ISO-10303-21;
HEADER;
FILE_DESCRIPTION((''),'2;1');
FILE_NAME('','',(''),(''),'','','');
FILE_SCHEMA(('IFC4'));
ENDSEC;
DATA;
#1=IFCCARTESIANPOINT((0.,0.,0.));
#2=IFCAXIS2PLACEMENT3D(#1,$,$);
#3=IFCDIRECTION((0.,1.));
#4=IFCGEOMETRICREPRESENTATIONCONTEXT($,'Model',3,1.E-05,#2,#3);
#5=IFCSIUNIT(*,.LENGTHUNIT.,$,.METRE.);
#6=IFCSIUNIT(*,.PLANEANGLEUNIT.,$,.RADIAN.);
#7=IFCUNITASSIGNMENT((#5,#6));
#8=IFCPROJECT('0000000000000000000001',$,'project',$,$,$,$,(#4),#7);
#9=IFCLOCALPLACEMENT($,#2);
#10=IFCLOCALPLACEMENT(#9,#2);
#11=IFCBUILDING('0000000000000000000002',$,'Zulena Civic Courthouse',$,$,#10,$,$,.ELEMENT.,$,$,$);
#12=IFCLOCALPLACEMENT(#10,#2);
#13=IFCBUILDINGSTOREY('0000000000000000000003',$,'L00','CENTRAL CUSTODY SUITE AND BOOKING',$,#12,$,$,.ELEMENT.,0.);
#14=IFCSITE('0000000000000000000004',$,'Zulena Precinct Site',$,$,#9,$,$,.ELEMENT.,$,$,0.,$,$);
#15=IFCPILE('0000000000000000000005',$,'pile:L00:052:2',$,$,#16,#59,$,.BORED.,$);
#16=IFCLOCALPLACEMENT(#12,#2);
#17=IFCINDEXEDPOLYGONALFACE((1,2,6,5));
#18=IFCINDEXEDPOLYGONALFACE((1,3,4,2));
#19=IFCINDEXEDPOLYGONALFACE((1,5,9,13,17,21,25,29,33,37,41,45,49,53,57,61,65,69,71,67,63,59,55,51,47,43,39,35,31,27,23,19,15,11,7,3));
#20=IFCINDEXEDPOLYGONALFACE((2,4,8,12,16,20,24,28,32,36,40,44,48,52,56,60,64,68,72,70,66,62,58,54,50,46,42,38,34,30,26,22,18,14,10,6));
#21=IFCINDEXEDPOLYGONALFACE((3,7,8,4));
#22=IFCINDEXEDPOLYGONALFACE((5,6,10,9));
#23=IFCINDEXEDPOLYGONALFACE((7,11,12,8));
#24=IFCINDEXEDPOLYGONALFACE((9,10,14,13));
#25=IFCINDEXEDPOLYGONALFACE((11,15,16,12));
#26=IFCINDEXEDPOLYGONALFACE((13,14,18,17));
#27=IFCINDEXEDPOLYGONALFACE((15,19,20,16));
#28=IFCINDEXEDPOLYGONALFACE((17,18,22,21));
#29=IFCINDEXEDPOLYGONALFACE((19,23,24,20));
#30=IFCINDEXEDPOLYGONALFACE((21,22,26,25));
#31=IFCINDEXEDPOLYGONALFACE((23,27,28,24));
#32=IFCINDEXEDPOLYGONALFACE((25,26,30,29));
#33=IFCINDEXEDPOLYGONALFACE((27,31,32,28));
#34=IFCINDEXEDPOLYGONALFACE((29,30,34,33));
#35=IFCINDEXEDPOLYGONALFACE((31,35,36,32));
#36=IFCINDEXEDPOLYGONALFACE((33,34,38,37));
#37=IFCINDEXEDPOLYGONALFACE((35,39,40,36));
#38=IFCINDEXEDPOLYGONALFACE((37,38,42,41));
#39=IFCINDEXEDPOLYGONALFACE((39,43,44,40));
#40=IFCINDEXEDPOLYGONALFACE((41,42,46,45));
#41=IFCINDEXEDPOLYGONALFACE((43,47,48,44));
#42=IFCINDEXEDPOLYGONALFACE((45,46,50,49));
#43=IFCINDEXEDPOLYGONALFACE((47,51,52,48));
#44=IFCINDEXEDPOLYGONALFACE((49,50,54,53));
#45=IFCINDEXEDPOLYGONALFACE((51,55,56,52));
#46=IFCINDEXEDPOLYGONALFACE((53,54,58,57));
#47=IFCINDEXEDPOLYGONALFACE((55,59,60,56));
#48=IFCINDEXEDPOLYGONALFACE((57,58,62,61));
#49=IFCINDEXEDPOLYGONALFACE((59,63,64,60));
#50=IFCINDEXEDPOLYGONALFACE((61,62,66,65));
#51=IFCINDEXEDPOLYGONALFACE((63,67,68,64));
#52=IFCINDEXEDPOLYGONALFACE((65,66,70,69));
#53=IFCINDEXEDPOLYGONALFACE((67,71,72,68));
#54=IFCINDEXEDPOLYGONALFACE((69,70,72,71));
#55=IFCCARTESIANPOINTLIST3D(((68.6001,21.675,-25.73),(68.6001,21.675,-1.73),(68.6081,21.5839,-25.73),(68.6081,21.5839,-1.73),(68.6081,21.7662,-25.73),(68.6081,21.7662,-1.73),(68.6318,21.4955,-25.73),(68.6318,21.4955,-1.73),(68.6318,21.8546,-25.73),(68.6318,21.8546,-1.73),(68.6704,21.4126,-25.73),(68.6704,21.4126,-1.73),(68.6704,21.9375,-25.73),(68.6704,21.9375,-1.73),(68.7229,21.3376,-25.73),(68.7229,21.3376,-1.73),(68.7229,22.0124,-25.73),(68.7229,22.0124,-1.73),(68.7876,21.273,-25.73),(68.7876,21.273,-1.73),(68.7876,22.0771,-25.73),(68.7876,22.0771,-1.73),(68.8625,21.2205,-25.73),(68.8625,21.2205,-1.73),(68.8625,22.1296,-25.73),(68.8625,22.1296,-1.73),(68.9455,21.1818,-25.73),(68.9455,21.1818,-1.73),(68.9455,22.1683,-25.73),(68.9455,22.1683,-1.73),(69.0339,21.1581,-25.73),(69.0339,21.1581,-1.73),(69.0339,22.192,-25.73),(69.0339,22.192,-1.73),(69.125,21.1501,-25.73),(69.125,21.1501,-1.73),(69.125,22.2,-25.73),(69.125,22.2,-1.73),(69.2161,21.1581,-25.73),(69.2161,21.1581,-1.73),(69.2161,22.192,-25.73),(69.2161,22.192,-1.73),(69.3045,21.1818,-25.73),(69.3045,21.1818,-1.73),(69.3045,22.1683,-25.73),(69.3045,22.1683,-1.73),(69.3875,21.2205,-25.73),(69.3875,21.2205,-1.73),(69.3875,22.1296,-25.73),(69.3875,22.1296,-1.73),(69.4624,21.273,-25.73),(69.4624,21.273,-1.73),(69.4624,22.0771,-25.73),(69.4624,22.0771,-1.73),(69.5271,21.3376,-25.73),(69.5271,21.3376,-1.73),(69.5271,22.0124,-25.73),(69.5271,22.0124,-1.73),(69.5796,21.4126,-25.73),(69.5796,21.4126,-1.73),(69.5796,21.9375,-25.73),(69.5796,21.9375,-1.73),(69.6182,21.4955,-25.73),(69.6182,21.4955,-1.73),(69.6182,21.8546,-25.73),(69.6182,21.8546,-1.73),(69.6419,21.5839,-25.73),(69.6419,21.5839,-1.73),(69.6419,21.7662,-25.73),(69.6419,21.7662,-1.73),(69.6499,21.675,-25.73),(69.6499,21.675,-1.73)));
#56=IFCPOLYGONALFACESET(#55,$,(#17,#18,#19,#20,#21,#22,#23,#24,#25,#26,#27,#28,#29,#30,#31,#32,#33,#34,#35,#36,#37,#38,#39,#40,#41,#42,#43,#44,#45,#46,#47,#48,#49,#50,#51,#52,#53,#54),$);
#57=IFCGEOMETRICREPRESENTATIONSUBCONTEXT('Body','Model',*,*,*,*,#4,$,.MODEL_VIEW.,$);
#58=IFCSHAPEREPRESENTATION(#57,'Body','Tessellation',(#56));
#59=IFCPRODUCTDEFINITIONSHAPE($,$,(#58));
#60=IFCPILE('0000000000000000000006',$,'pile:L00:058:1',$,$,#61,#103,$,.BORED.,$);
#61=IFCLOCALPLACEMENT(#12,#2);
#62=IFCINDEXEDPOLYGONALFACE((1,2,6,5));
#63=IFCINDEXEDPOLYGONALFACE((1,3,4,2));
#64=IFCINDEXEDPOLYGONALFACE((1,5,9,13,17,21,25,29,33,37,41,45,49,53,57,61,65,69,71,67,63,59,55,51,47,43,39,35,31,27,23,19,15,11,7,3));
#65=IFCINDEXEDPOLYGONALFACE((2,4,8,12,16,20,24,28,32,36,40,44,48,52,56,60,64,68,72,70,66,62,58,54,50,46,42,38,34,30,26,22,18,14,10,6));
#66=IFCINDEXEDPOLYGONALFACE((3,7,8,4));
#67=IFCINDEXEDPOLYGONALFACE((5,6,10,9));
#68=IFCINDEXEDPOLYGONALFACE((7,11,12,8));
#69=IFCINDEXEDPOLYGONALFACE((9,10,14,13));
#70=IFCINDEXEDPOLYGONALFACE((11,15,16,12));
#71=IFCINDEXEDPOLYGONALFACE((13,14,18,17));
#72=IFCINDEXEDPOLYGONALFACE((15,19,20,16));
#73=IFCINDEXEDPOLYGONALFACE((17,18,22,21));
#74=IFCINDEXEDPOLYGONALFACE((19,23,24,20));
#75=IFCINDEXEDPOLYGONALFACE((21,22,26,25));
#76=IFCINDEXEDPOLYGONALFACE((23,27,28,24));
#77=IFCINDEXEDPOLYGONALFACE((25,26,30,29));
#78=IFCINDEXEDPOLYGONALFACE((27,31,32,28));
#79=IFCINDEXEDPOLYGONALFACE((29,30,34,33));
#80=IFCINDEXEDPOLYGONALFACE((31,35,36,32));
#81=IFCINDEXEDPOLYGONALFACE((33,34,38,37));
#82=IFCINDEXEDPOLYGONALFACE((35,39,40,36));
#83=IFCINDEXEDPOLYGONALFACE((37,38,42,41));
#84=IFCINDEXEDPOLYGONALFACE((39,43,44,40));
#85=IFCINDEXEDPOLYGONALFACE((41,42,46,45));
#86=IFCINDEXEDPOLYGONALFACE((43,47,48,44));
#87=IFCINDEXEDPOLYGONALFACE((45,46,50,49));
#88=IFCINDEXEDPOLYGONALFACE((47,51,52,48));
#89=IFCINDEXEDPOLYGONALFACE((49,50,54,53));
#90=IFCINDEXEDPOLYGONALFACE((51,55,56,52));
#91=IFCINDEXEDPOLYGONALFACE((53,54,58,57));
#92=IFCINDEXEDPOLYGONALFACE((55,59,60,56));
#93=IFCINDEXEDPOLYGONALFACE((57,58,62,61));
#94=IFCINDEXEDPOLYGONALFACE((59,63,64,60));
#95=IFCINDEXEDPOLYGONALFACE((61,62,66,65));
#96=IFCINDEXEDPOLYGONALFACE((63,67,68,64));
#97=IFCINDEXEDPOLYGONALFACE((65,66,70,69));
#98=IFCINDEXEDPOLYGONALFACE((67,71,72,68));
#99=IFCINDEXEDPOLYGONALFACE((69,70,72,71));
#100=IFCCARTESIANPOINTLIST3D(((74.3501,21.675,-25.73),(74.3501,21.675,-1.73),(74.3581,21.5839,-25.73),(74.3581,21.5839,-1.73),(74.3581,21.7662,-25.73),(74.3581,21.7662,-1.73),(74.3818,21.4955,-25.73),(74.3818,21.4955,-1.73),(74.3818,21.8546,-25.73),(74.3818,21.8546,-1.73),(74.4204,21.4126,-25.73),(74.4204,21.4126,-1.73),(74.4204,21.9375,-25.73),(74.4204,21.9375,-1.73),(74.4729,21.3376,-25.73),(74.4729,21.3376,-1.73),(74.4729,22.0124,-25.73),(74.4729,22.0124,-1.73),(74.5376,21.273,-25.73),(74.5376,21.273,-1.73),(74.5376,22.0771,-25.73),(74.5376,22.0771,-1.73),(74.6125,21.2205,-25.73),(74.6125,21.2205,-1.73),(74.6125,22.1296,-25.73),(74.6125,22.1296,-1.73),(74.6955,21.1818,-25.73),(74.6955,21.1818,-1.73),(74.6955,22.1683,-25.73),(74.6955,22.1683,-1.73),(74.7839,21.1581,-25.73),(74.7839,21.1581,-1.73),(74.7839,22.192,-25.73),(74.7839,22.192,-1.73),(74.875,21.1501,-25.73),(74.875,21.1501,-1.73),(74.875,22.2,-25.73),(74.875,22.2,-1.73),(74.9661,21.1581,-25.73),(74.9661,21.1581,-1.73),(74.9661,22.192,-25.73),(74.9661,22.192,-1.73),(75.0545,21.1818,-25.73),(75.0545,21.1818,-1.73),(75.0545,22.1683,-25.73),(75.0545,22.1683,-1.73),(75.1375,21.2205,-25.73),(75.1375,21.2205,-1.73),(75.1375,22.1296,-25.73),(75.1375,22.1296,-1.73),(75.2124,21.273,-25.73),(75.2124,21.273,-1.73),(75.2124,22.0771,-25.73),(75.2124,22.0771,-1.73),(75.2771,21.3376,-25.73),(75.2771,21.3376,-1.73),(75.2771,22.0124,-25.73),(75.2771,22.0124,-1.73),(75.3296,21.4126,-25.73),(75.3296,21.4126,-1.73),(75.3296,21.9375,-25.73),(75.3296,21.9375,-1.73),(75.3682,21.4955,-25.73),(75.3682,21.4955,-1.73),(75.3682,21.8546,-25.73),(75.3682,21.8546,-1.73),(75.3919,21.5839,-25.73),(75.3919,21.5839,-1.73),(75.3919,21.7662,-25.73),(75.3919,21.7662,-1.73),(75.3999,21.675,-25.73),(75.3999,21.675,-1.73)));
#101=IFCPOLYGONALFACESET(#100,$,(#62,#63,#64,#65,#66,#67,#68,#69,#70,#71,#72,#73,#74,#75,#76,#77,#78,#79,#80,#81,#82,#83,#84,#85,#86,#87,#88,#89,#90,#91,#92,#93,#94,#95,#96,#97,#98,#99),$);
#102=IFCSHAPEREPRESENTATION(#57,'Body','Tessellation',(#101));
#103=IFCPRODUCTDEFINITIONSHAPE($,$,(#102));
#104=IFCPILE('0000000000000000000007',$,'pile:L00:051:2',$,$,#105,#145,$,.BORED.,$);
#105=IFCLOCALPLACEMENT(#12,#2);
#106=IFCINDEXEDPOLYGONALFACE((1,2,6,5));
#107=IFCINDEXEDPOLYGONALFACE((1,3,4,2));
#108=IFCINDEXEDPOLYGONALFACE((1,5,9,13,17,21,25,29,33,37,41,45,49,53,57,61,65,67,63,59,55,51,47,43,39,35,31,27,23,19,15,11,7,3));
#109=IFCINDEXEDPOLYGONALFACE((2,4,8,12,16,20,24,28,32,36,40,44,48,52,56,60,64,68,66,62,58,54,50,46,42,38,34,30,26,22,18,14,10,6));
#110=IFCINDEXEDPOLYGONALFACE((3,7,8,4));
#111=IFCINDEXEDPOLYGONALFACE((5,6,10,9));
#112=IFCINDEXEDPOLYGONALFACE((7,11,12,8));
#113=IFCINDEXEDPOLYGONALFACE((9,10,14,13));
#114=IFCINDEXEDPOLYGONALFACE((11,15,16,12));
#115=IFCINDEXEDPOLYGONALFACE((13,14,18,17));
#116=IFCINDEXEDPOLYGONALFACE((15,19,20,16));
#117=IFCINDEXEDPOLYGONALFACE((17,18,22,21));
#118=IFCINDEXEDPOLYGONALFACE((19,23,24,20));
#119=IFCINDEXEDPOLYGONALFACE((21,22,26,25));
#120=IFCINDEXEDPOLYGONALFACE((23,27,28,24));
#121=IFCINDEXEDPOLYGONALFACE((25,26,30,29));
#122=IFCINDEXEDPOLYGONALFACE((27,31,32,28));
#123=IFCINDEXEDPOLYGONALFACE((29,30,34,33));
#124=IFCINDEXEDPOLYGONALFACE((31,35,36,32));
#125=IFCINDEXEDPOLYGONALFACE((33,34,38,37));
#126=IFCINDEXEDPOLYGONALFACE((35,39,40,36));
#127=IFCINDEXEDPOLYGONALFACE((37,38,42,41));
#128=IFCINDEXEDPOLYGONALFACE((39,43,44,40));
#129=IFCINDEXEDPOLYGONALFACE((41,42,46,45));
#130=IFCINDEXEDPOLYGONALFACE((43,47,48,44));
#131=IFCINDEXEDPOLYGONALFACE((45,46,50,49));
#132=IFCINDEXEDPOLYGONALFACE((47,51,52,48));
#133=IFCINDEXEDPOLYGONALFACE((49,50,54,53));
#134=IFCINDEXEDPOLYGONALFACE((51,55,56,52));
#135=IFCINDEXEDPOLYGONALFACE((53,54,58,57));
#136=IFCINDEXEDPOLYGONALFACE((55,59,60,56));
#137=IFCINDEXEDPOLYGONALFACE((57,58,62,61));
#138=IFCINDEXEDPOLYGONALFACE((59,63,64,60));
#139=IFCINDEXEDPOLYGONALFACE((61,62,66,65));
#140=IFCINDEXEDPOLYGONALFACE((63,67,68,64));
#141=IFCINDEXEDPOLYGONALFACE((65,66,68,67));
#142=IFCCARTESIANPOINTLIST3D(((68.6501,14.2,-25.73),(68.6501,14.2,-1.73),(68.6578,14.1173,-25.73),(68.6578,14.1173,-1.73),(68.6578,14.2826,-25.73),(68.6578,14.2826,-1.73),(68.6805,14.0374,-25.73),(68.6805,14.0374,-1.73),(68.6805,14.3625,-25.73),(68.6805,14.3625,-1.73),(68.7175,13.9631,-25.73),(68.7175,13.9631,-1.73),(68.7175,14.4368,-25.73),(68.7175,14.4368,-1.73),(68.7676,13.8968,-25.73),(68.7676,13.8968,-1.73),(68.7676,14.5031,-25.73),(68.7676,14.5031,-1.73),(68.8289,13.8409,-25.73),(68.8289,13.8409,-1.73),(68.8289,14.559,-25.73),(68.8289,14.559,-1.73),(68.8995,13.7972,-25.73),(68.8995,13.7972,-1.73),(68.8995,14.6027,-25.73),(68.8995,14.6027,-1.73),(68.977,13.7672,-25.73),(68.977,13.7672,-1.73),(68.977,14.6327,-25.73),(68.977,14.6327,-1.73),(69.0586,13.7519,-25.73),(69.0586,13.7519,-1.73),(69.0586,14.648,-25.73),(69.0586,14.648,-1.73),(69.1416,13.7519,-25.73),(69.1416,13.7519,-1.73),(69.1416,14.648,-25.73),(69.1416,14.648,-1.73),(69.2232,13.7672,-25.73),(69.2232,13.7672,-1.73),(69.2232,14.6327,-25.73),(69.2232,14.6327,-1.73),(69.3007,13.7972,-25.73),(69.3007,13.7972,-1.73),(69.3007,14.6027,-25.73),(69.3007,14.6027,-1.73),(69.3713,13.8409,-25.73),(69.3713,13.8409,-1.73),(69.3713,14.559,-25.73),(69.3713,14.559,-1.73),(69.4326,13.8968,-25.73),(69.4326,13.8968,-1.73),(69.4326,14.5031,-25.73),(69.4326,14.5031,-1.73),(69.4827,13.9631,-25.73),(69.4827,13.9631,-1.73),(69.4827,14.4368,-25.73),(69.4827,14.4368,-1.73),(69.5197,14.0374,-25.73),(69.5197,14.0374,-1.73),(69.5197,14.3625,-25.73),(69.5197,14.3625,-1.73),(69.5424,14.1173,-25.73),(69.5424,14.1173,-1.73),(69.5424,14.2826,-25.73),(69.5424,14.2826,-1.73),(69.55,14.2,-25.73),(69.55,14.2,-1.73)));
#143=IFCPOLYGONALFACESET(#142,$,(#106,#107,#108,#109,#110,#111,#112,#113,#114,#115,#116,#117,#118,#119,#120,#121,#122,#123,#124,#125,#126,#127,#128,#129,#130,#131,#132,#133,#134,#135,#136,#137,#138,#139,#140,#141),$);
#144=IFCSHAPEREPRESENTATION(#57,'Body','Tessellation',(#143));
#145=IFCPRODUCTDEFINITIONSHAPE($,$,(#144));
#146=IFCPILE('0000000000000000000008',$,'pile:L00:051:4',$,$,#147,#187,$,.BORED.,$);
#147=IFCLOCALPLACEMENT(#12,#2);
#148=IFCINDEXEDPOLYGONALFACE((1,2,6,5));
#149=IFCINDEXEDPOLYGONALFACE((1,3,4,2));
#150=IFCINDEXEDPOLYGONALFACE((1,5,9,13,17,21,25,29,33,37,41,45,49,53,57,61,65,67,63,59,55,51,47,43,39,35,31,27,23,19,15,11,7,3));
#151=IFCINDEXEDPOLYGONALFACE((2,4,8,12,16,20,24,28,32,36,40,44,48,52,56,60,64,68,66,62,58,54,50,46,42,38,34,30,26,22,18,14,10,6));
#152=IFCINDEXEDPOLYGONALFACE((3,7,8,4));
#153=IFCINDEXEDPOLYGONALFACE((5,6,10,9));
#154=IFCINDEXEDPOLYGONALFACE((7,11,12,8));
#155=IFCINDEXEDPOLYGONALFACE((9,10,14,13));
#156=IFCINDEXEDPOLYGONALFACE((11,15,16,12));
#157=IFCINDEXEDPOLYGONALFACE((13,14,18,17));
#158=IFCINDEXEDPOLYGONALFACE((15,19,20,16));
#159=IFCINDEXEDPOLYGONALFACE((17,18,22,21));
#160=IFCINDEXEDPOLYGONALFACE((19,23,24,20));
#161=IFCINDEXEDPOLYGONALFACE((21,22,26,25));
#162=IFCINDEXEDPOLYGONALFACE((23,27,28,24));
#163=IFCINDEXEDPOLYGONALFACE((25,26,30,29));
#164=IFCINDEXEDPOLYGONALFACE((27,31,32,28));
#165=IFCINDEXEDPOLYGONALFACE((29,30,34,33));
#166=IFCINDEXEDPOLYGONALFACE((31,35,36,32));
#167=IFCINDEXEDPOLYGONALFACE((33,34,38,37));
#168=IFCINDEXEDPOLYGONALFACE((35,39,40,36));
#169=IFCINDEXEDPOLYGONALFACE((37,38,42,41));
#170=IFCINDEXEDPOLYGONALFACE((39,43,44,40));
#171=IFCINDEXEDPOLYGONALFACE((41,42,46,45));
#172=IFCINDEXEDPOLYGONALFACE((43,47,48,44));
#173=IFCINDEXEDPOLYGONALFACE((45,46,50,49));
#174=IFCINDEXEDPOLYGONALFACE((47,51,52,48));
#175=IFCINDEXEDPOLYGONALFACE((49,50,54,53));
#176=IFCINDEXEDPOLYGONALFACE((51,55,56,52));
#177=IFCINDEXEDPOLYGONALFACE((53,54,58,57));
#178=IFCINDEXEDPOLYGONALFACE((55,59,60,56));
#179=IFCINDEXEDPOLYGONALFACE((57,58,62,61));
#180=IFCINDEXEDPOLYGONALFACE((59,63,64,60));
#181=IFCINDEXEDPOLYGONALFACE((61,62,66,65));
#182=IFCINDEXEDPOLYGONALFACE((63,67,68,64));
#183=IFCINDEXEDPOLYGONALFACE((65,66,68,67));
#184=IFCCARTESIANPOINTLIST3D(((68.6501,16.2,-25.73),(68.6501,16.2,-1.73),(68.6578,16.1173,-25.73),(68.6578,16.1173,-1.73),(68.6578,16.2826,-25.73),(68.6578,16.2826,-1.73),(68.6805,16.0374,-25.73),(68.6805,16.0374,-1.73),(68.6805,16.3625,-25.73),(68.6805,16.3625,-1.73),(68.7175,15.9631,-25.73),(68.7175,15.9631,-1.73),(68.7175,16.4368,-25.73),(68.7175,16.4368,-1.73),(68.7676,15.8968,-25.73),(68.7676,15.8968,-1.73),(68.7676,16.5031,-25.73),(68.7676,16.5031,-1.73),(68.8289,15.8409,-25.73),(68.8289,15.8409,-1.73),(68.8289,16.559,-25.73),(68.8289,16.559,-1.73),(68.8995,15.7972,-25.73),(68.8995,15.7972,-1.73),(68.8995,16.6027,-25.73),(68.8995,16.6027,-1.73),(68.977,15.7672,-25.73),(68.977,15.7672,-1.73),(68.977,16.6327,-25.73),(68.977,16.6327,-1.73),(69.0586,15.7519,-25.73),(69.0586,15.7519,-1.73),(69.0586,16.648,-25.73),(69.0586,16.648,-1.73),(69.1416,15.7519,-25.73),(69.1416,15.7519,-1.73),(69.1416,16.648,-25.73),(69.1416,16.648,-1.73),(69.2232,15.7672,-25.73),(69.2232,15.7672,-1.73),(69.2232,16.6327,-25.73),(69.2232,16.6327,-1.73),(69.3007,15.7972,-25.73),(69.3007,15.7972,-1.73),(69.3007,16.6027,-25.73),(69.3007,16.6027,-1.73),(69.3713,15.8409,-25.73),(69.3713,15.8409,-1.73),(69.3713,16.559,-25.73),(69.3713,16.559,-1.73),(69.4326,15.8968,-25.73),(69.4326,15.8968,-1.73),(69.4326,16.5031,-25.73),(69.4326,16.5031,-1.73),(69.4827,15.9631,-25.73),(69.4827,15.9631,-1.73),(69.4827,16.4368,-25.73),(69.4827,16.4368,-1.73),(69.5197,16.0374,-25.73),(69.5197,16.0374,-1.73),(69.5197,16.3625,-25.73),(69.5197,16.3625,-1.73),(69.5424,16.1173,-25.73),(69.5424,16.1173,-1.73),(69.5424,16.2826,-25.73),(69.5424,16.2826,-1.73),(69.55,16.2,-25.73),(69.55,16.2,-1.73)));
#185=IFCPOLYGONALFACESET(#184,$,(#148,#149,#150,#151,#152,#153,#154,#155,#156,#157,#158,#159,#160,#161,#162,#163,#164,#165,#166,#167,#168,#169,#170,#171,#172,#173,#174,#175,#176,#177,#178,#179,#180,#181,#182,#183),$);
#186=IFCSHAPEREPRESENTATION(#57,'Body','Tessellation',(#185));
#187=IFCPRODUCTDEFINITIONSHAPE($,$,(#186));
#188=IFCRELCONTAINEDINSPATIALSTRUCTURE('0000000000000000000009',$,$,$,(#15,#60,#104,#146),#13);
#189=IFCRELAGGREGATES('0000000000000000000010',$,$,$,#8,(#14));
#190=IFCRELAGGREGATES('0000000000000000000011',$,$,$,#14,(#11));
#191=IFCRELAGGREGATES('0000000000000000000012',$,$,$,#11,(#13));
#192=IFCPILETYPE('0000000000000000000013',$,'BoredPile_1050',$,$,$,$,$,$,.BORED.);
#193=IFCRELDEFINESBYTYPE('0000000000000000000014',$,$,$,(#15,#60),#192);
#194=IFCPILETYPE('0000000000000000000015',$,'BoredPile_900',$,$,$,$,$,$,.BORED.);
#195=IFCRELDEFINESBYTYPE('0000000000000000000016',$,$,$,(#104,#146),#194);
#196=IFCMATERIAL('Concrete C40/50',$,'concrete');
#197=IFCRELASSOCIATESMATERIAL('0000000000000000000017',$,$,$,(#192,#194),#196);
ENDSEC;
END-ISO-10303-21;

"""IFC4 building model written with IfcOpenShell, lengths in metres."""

from ifc_helpers import new_model, si_unit, direction, frame, origin, origin_2d, place, context, subcontext, project, spatial, circle, extrude, material, material_profile, profile_set, type_object, element, save


model = new_model("IFC4")

# Units and contexts
model_context = context("Model", 3, precision=1e-05, world=origin(), true_north=direction((0.0, 1.0)))
body_context = subcontext(model_context, "Body", "Model", "MODEL_VIEW")
ifc_project = project(units=[si_unit("LENGTHUNIT", "METRE"), si_unit("PLANEANGLEUNIT", "RADIAN")], contexts=[model_context])

# Site, building, storey
site_placement = place(None, origin())
site = spatial("IfcSite", under=ifc_project, at=site_placement, Name="Zulena Precinct Site", CompositionType="ELEMENT", RefElevation=0.0)
building_placement = place(site_placement, origin())
building = spatial("IfcBuilding", under=site, at=building_placement, Name="Zulena Civic Courthouse", CompositionType="ELEMENT")
storey_placement = place(building_placement, origin())
storey = spatial("IfcBuildingStorey", under=building, at=storey_placement, Name="L00", Description="CENTRAL CUSTODY SUITE AND BOOKING", CompositionType="ELEMENT", Elevation=0.0)

# Piles
ifc_material_1 = material(Name="Concrete C40/50", Category="concrete")
ifc_material_profile_1 = material_profile(ifc_material_1, circle(Radius=0.5249, at=origin_2d()), Name="PILE1050")
ifc_profile_set_1 = profile_set([ifc_material_profile_1], Name="Concrete C40/50")
pile_type_1 = type_object("IfcPileType", Name="BoredPile_1050", PredefinedType="BORED", material=ifc_profile_set_1)
for number, where, z_axis, x_axis, name in (
    (1, (69.125, 21.675, -1.73), (0.0, 0.0, -1.0), (1.0, 0.0, 0.0), "pile:L00:052:2"),
    (2, (74.875, 21.675, -1.73), (0.0, 0.0, -1.0), (1.0, 0.0, 0.0), "pile:L00:058:1"),
):
    element("IfcPile", number, at=place(storey_placement, frame(where, z_axis=z_axis, x_axis=x_axis)), inside=storey, type_object=pile_type_1, Name=name, PredefinedType="BORED", context=body_context, shape_type="SweptSolid", body=[
        extrude(circle(Radius=0.5249, at=origin_2d()), origin(), (0.0, 0.0, 1.0), 24.0),
    ])
ifc_material_profile_2 = material_profile(ifc_material_1, circle(Radius=0.45, at=origin_2d()), Name="PILE900")
ifc_profile_set_2 = profile_set([ifc_material_profile_2], Name="Concrete C40/50")
pile_type_2 = type_object("IfcPileType", Name="BoredPile_900", PredefinedType="BORED", material=ifc_profile_set_2)
for number, where, z_axis, x_axis, name in (
    (3, (69.1001, 14.2, -1.73), (0.0, 0.0, -1.0), (1.0, 0.0, 0.0), "pile:L00:051:2"),
    (4, (69.1001, 16.2, -1.73), (0.0, 0.0, -1.0), (1.0, 0.0, 0.0), "pile:L00:051:4"),
):
    element("IfcPile", number, at=place(storey_placement, frame(where, z_axis=z_axis, x_axis=x_axis)), inside=storey, type_object=pile_type_2, Name=name, PredefinedType="BORED", context=body_context, shape_type="SweptSolid", body=[
        extrude(circle(Radius=0.45, at=origin_2d()), origin(), (0.0, 0.0, 1.0), 24.0),
    ])

save(model, "model.ifc")
